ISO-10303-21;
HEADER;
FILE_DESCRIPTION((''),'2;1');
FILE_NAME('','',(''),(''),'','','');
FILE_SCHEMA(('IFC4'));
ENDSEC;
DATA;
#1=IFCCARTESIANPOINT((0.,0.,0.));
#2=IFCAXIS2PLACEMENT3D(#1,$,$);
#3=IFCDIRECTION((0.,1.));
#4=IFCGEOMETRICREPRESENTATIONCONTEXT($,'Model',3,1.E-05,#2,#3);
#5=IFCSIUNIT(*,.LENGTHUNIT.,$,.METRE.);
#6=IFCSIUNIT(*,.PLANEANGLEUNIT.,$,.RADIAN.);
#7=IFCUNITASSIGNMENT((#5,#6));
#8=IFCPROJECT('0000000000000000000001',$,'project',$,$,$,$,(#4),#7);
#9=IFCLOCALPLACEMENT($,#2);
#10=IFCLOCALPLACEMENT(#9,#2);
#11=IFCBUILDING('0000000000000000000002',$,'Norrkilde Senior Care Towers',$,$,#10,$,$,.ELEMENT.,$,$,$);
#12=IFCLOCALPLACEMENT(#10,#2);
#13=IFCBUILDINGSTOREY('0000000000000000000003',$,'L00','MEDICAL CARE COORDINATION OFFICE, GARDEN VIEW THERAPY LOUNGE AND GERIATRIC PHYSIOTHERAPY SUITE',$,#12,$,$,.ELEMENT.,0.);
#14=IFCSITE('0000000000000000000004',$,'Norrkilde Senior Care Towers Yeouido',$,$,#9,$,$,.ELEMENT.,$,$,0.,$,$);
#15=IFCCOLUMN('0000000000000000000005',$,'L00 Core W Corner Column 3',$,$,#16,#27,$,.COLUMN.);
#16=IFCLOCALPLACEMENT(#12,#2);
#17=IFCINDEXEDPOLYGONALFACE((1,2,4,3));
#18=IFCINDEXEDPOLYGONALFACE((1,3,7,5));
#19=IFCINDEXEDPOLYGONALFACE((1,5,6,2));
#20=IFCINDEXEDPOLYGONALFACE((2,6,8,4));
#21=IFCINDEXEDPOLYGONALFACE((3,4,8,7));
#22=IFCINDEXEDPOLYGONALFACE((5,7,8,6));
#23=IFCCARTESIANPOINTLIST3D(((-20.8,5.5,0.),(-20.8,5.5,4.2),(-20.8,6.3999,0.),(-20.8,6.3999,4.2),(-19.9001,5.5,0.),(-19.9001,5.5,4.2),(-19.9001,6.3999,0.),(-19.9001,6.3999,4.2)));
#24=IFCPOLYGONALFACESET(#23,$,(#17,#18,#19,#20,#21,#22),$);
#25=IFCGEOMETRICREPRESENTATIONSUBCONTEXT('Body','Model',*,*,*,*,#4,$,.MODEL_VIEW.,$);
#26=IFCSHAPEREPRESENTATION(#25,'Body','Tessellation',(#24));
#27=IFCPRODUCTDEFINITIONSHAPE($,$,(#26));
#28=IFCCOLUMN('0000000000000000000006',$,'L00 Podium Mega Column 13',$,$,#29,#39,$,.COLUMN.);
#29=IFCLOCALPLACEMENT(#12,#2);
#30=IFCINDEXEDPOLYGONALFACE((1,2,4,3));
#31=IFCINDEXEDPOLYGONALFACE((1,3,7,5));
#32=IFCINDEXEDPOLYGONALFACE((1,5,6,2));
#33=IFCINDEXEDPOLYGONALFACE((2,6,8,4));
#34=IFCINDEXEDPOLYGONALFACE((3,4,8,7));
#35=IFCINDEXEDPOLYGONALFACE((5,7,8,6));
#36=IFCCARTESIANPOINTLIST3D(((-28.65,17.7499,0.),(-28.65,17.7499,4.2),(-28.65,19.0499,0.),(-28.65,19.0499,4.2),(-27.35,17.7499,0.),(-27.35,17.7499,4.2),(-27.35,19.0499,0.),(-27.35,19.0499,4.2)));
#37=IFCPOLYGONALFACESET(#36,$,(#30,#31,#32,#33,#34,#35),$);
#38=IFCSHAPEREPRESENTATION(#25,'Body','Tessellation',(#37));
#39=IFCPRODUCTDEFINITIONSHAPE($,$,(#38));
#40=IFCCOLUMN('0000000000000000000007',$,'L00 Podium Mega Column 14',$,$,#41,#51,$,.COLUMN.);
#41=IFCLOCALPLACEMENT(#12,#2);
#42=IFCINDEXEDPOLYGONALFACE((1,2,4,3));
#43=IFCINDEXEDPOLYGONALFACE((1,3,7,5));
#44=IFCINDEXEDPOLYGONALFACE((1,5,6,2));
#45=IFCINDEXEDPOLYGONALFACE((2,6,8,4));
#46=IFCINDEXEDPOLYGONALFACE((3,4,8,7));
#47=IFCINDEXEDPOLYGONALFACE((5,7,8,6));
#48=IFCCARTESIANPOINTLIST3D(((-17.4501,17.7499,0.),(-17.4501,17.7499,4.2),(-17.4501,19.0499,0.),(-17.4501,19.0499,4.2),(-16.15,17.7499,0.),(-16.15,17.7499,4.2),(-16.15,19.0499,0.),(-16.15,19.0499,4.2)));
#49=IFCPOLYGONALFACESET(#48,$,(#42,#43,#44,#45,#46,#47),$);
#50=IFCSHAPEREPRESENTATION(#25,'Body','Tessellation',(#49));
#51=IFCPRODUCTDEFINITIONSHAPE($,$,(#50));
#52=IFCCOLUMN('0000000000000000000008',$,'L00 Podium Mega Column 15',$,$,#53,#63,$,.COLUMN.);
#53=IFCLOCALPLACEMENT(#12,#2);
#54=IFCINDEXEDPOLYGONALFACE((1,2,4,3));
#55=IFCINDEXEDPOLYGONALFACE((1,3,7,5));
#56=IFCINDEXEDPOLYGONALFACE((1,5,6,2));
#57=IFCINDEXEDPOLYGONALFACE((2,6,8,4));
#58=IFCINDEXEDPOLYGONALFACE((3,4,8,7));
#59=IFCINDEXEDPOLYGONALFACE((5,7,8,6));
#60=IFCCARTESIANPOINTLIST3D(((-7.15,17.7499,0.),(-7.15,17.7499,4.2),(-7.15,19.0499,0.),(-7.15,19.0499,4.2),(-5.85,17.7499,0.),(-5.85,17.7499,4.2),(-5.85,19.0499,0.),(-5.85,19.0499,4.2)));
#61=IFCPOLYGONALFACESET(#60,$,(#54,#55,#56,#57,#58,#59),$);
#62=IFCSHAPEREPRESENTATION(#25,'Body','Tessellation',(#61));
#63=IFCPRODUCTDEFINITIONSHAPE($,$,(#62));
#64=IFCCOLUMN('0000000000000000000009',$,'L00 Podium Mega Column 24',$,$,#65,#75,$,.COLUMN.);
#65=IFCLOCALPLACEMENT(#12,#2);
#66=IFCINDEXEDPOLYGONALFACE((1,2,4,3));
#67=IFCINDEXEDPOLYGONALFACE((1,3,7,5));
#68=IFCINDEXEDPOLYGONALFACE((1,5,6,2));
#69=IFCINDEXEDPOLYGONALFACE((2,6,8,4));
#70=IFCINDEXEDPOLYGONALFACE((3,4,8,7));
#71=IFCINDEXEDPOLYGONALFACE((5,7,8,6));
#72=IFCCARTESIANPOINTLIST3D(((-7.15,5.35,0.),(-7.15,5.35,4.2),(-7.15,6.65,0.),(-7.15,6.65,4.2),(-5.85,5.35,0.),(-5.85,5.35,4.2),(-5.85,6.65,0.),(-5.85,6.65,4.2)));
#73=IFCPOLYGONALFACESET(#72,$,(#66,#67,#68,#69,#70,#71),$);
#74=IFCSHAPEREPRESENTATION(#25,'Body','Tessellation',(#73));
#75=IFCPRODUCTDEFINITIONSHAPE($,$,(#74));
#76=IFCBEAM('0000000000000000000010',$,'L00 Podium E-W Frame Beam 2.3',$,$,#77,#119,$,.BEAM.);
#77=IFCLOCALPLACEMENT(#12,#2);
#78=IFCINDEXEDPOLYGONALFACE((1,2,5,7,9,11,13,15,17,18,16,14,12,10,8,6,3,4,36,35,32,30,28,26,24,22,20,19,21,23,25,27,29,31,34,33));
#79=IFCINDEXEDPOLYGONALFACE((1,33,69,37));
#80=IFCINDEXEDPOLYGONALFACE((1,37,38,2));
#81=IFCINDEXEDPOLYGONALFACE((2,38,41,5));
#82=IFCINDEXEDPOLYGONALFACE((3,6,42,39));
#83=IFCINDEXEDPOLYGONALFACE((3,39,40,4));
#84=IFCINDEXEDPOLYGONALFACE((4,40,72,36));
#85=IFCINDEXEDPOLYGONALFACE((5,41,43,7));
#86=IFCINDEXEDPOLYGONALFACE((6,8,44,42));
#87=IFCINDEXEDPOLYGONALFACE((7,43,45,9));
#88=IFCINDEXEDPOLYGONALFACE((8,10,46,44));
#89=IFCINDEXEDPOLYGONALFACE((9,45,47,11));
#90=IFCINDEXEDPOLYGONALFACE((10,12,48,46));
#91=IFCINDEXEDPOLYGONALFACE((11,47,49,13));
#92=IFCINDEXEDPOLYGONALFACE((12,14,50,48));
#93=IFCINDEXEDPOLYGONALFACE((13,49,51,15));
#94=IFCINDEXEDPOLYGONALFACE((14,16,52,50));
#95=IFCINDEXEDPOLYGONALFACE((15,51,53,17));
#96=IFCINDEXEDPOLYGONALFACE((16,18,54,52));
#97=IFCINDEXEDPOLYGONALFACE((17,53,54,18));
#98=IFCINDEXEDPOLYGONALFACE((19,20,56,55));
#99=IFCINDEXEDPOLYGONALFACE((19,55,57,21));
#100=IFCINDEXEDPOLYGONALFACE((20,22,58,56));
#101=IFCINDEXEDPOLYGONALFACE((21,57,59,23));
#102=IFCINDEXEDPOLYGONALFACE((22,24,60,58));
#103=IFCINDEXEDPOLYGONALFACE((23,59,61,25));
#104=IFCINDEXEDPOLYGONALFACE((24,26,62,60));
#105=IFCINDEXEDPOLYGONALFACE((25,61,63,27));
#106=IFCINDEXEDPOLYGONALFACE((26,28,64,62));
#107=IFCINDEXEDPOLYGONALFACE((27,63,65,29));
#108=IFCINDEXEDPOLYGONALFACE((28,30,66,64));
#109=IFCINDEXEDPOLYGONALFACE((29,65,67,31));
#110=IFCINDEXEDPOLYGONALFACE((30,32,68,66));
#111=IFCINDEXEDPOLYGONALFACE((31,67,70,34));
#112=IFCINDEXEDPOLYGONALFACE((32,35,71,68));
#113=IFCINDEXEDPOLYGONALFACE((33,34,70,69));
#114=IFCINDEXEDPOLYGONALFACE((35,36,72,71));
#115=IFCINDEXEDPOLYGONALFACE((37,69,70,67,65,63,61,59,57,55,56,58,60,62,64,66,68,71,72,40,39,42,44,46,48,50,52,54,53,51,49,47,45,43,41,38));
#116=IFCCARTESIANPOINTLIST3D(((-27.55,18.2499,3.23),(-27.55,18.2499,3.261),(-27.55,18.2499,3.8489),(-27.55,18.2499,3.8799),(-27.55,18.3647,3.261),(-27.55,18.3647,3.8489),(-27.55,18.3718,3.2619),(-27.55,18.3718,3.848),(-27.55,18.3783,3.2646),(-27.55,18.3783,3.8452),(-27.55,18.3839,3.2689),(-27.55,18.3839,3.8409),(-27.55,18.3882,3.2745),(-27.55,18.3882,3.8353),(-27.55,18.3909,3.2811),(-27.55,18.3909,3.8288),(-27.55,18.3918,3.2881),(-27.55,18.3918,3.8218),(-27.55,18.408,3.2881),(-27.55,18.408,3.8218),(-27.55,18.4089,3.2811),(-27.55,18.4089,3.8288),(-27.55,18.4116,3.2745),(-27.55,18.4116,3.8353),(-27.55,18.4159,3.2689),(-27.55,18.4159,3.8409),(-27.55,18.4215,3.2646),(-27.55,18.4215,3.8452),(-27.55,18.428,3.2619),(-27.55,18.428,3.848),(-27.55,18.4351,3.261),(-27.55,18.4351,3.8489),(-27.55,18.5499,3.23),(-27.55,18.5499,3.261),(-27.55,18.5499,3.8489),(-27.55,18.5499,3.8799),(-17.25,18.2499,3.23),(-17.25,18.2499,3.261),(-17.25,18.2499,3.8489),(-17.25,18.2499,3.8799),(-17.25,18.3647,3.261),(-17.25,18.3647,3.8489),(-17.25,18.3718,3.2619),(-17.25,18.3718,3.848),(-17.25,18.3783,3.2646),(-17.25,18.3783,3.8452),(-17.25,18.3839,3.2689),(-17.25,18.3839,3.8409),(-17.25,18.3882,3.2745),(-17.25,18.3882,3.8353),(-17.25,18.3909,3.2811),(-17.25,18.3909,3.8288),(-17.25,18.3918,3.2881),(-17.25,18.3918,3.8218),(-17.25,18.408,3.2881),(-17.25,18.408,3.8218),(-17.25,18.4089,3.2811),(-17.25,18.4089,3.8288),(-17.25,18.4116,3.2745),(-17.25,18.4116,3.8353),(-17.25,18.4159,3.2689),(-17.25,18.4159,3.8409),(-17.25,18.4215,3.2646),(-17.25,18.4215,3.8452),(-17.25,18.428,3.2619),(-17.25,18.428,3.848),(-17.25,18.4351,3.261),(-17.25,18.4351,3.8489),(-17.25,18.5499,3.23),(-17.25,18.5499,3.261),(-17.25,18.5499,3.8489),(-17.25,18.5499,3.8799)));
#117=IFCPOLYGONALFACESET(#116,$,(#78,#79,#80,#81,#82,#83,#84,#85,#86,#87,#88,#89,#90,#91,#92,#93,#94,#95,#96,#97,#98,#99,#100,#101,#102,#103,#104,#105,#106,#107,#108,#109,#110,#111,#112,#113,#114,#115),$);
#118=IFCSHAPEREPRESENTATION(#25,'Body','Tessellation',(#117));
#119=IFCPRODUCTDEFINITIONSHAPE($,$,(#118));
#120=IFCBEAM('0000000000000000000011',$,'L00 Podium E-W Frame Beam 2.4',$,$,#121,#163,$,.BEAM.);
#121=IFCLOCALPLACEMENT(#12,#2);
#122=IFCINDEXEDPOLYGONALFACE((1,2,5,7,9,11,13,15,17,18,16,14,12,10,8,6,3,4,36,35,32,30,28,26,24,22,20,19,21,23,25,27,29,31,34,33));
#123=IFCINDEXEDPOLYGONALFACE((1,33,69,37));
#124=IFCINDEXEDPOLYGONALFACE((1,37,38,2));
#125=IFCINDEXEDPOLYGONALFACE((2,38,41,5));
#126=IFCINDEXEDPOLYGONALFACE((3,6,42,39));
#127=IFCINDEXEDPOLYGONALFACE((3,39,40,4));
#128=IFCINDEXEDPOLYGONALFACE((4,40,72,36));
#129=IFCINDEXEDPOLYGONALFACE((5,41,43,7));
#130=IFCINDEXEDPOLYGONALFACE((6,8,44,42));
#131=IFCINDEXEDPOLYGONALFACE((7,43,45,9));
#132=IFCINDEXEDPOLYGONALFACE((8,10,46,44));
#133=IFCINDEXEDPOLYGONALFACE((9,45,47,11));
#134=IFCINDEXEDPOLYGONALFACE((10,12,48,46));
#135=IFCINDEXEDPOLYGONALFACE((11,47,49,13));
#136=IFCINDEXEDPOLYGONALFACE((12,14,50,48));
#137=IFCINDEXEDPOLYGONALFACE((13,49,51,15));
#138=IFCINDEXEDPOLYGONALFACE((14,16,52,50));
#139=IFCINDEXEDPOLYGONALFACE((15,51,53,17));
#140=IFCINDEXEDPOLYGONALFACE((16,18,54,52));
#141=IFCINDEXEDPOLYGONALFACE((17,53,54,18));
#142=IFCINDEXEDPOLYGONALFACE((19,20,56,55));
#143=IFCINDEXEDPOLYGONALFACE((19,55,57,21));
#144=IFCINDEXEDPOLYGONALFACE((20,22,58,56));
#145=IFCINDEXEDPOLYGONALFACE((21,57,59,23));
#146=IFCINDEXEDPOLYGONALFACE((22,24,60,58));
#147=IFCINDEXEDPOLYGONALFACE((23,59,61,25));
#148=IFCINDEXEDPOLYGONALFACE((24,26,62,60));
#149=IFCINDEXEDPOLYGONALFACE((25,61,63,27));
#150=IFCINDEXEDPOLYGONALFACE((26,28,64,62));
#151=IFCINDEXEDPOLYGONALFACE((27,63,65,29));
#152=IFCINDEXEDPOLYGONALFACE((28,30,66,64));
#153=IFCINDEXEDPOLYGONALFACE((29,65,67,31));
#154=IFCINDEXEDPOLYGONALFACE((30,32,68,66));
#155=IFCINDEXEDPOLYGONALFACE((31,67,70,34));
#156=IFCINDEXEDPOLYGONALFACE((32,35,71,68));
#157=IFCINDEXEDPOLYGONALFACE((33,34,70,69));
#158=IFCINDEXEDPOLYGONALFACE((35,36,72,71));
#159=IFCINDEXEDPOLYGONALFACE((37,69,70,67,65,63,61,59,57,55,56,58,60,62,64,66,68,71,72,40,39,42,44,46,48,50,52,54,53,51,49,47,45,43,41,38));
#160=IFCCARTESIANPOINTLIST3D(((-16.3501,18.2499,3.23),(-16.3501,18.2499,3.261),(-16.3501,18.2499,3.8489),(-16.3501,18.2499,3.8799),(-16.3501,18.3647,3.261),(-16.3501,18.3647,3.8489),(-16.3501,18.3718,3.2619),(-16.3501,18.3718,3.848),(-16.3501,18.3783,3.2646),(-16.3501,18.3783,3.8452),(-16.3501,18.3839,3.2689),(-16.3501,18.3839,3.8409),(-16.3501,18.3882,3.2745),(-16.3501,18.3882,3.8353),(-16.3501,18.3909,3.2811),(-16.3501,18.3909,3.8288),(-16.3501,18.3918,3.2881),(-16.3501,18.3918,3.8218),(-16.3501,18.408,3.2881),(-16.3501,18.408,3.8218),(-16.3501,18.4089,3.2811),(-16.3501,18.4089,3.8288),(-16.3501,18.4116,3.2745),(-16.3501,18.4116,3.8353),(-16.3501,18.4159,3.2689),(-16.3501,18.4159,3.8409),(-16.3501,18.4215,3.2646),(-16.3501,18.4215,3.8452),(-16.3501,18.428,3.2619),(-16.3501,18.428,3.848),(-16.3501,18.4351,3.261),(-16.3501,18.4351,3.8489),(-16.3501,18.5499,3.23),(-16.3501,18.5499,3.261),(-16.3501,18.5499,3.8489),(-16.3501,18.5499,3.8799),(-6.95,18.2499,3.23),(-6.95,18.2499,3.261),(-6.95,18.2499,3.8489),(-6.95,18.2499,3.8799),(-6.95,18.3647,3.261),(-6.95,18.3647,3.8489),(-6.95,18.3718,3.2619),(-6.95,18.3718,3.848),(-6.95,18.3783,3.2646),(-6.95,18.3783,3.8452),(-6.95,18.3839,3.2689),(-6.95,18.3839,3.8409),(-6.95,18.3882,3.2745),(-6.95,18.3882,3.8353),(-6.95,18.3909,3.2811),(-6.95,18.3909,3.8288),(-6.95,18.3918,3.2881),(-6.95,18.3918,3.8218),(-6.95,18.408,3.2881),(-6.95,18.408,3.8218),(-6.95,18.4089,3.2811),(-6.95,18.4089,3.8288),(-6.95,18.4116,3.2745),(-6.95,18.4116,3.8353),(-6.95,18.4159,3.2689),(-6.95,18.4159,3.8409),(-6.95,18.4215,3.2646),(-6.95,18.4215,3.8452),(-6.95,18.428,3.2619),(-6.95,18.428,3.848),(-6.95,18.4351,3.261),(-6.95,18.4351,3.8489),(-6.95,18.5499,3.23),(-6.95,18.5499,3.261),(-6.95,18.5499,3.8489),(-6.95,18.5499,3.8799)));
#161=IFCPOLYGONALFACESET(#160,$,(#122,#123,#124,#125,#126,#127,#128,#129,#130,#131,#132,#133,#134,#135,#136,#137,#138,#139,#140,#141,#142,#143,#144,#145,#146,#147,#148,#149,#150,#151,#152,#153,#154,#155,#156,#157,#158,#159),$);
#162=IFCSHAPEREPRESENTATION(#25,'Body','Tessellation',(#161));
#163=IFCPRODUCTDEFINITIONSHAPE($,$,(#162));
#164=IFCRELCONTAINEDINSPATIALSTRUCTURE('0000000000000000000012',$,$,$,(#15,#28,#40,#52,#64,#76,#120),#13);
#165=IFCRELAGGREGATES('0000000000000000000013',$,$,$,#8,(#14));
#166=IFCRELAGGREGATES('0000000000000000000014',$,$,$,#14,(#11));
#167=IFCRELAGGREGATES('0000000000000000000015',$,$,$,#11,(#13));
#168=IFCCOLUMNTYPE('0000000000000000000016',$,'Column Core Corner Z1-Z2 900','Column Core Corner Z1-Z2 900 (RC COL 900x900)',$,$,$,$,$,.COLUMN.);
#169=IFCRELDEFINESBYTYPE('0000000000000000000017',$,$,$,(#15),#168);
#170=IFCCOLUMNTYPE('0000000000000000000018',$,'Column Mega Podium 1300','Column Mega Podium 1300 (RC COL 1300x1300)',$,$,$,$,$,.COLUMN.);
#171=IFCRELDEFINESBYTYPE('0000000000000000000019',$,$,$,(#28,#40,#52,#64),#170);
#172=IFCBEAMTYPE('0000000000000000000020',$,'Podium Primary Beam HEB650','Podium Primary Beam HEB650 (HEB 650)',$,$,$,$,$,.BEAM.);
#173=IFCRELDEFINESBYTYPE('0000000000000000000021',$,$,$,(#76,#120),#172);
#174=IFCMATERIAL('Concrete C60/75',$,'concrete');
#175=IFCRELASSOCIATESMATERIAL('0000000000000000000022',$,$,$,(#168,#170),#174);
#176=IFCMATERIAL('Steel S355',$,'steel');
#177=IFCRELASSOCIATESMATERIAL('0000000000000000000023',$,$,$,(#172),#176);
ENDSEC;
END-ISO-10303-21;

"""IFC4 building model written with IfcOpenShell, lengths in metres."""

from ifc_helpers import new_model, si_unit, direction, frame, origin, origin_2d, place, context, subcontext, project, spatial, rectangle, i_section, extrude, source, transform, mapped, material, material_profile, profile_set, type_object, type_shapes, element, save


model = new_model("IFC4")

# Units and contexts
model_context = context("Model", 3, precision=1e-05, world=origin(), true_north=direction((0.0, 1.0)))
body_context = subcontext(model_context, "Body", "Model", "MODEL_VIEW")
ifc_project = project(units=[si_unit("LENGTHUNIT", "METRE"), si_unit("PLANEANGLEUNIT", "RADIAN")], contexts=[model_context])

# Site, building, storey
site_placement = place(None, origin())
site = spatial("IfcSite", under=ifc_project, at=site_placement, Name="Norrkilde Senior Care Towers Yeouido", CompositionType="ELEMENT", RefElevation=0.0)
building_placement = place(site_placement, origin())
building = spatial("IfcBuilding", under=site, at=building_placement, Name="Norrkilde Senior Care Towers", CompositionType="ELEMENT")
storey_placement = place(building_placement, origin())
storey = spatial("IfcBuildingStorey", under=building, at=storey_placement, Name="L00", Description="MEDICAL CARE COORDINATION OFFICE, GARDEN VIEW THERAPY LOUNGE AND GERIATRIC PHYSIOTHERAPY SUITE", CompositionType="ELEMENT", Elevation=0.0)

# Columns
ifc_material_1 = material(Name="Concrete C60/75", Category="concrete")
ifc_material_profile_1 = material_profile(ifc_material_1, rectangle(XDim=0.8999, YDim=0.8999, at=origin_2d()), Name="RC COL 900x900")
ifc_profile_set_1 = profile_set([ifc_material_profile_1], Name="Concrete C60/75")
column_type_1 = type_object("IfcColumnType", Name="Column Core Corner Z1-Z2 900", Description="Column Core Corner Z1-Z2 900 (RC COL 900x900)", PredefinedType="COLUMN", material=ifc_profile_set_1)
shared_shape_1 = source(origin(), body_context, "Body", "SweptSolid", [
    extrude(rectangle(XDim=0.8999, YDim=0.8999, at=origin_2d()), origin(), (0.0, 0.0, 1.0), 4.2),
])
type_shapes(column_type_1, [shared_shape_1])
column_placement = place(storey_placement, frame((-20.3501, 5.95, 0.0), z_axis=(0.0, 0.0, 1.0), x_axis=(1.0, 0.0, 0.0)))
element("IfcColumn", 1, at=column_placement, inside=storey, type_object=column_type_1, Name="L00 Core W Corner Column 3", PredefinedType="COLUMN", context=body_context, shape_type="MappedRepresentation", body=[
    mapped(shared_shape_1, transform((0.0, 0.0, 0.0), x_axis=(1.0, 0.0, 0.0), y_axis=(0.0, 1.0, 0.0), z_axis=(0.0, 0.0, 1.0), scale=1.0)),
])
ifc_material_profile_2 = material_profile(ifc_material_1, rectangle(XDim=1.3, YDim=1.3, at=origin_2d()), Name="RC COL 1300x1300")
ifc_profile_set_2 = profile_set([ifc_material_profile_2], Name="Concrete C60/75")
column_type_2 = type_object("IfcColumnType", Name="Column Mega Podium 1300", Description="Column Mega Podium 1300 (RC COL 1300x1300)", PredefinedType="COLUMN", material=ifc_profile_set_2)
shared_shape_2 = source(origin(), body_context, "Body", "SweptSolid", [
    extrude(rectangle(XDim=1.3, YDim=1.3, at=origin_2d()), origin(), (0.0, 0.0, 1.0), 4.2),
])
type_shapes(column_type_2, [shared_shape_2])
for number, where, z_axis, x_axis, name in (
    (2, (-28.0, 18.3999, 0.0), (0.0, 0.0, 1.0), (1.0, 0.0, 0.0), "L00 Podium Mega Column 13"),
    (3, (-16.8, 18.3999, 0.0), (0.0, 0.0, 1.0), (1.0, 0.0, 0.0), "L00 Podium Mega Column 14"),
    (4, (-6.5, 18.3999, 0.0), (0.0, 0.0, 1.0), (1.0, 0.0, 0.0), "L00 Podium Mega Column 15"),
    (5, (-6.5, 6.0, 0.0), (0.0, 0.0, 1.0), (1.0, 0.0, 0.0), "L00 Podium Mega Column 24"),
):
    element("IfcColumn", number, at=place(storey_placement, frame(where, z_axis=z_axis, x_axis=x_axis)), inside=storey, type_object=column_type_2, Name=name, PredefinedType="COLUMN", context=body_context, shape_type="MappedRepresentation", body=[
        mapped(shared_shape_2, transform((0.0, 0.0, 0.0), x_axis=(1.0, 0.0, 0.0), y_axis=(0.0, 1.0, 0.0), z_axis=(0.0, 0.0, 1.0), scale=1.0)),
    ])

# Beams
ifc_material_2 = material(Name="Steel S355", Category="steel")
ifc_material_profile_3 = material_profile(ifc_material_2, i_section(OverallWidth=0.3, OverallDepth=0.6499, WebThickness=0.0161, FlangeThickness=0.031, FilletRadius=0.0271, at=origin_2d()), Name="HEB 650")
ifc_profile_set_3 = profile_set([ifc_material_profile_3], Name="Steel S355")
beam_type = type_object("IfcBeamType", Name="Podium Primary Beam HEB650", Description="Podium Primary Beam HEB650 (HEB 650)", PredefinedType="BEAM", material=ifc_profile_set_3)
shared_shape_3 = source(origin(), body_context, "Body", "SweptSolid", [
    extrude(i_section(OverallWidth=0.3, OverallDepth=0.6499, WebThickness=0.0161, FlangeThickness=0.031, FilletRadius=0.0271, at=origin_2d()), origin(), (0.0, 0.0, 1.0), 10.3),
])
beam_1_placement = place(storey_placement, frame((-27.55, 18.3999, 3.5549), z_axis=(1.0, 0.0, 0.0), x_axis=(0.0, 1.0, 0.0)))
element("IfcBeam", 6, at=beam_1_placement, inside=storey, type_object=beam_type, Name="L00 Podium E-W Frame Beam 2.3", PredefinedType="BEAM", context=body_context, shape_type="MappedRepresentation", body=[
    mapped(shared_shape_3, transform((0.0, 0.0, 0.0), x_axis=(1.0, 0.0, 0.0), y_axis=(0.0, 1.0, 0.0), z_axis=(0.0, 0.0, 1.0), scale=1.0)),
])
shared_shape_4 = source(origin(), body_context, "Body", "SweptSolid", [
    extrude(i_section(OverallWidth=0.3, OverallDepth=0.6499, WebThickness=0.0161, FlangeThickness=0.031, FilletRadius=0.0271, at=origin_2d()), origin(), (0.0, 0.0, 1.0), 9.4001),
])
beam_2_placement = place(storey_placement, frame((-16.3501, 18.3999, 3.5549), z_axis=(1.0, 0.0, 0.0), x_axis=(0.0, 1.0, 0.0)))
element("IfcBeam", 7, at=beam_2_placement, inside=storey, type_object=beam_type, Name="L00 Podium E-W Frame Beam 2.4", PredefinedType="BEAM", context=body_context, shape_type="MappedRepresentation", body=[
    mapped(shared_shape_4, transform((0.0, 0.0, 0.0), x_axis=(1.0, 0.0, 0.0), y_axis=(0.0, 1.0, 0.0), z_axis=(0.0, 0.0, 1.0), scale=1.0)),
])

save(model, "model.ifc")
